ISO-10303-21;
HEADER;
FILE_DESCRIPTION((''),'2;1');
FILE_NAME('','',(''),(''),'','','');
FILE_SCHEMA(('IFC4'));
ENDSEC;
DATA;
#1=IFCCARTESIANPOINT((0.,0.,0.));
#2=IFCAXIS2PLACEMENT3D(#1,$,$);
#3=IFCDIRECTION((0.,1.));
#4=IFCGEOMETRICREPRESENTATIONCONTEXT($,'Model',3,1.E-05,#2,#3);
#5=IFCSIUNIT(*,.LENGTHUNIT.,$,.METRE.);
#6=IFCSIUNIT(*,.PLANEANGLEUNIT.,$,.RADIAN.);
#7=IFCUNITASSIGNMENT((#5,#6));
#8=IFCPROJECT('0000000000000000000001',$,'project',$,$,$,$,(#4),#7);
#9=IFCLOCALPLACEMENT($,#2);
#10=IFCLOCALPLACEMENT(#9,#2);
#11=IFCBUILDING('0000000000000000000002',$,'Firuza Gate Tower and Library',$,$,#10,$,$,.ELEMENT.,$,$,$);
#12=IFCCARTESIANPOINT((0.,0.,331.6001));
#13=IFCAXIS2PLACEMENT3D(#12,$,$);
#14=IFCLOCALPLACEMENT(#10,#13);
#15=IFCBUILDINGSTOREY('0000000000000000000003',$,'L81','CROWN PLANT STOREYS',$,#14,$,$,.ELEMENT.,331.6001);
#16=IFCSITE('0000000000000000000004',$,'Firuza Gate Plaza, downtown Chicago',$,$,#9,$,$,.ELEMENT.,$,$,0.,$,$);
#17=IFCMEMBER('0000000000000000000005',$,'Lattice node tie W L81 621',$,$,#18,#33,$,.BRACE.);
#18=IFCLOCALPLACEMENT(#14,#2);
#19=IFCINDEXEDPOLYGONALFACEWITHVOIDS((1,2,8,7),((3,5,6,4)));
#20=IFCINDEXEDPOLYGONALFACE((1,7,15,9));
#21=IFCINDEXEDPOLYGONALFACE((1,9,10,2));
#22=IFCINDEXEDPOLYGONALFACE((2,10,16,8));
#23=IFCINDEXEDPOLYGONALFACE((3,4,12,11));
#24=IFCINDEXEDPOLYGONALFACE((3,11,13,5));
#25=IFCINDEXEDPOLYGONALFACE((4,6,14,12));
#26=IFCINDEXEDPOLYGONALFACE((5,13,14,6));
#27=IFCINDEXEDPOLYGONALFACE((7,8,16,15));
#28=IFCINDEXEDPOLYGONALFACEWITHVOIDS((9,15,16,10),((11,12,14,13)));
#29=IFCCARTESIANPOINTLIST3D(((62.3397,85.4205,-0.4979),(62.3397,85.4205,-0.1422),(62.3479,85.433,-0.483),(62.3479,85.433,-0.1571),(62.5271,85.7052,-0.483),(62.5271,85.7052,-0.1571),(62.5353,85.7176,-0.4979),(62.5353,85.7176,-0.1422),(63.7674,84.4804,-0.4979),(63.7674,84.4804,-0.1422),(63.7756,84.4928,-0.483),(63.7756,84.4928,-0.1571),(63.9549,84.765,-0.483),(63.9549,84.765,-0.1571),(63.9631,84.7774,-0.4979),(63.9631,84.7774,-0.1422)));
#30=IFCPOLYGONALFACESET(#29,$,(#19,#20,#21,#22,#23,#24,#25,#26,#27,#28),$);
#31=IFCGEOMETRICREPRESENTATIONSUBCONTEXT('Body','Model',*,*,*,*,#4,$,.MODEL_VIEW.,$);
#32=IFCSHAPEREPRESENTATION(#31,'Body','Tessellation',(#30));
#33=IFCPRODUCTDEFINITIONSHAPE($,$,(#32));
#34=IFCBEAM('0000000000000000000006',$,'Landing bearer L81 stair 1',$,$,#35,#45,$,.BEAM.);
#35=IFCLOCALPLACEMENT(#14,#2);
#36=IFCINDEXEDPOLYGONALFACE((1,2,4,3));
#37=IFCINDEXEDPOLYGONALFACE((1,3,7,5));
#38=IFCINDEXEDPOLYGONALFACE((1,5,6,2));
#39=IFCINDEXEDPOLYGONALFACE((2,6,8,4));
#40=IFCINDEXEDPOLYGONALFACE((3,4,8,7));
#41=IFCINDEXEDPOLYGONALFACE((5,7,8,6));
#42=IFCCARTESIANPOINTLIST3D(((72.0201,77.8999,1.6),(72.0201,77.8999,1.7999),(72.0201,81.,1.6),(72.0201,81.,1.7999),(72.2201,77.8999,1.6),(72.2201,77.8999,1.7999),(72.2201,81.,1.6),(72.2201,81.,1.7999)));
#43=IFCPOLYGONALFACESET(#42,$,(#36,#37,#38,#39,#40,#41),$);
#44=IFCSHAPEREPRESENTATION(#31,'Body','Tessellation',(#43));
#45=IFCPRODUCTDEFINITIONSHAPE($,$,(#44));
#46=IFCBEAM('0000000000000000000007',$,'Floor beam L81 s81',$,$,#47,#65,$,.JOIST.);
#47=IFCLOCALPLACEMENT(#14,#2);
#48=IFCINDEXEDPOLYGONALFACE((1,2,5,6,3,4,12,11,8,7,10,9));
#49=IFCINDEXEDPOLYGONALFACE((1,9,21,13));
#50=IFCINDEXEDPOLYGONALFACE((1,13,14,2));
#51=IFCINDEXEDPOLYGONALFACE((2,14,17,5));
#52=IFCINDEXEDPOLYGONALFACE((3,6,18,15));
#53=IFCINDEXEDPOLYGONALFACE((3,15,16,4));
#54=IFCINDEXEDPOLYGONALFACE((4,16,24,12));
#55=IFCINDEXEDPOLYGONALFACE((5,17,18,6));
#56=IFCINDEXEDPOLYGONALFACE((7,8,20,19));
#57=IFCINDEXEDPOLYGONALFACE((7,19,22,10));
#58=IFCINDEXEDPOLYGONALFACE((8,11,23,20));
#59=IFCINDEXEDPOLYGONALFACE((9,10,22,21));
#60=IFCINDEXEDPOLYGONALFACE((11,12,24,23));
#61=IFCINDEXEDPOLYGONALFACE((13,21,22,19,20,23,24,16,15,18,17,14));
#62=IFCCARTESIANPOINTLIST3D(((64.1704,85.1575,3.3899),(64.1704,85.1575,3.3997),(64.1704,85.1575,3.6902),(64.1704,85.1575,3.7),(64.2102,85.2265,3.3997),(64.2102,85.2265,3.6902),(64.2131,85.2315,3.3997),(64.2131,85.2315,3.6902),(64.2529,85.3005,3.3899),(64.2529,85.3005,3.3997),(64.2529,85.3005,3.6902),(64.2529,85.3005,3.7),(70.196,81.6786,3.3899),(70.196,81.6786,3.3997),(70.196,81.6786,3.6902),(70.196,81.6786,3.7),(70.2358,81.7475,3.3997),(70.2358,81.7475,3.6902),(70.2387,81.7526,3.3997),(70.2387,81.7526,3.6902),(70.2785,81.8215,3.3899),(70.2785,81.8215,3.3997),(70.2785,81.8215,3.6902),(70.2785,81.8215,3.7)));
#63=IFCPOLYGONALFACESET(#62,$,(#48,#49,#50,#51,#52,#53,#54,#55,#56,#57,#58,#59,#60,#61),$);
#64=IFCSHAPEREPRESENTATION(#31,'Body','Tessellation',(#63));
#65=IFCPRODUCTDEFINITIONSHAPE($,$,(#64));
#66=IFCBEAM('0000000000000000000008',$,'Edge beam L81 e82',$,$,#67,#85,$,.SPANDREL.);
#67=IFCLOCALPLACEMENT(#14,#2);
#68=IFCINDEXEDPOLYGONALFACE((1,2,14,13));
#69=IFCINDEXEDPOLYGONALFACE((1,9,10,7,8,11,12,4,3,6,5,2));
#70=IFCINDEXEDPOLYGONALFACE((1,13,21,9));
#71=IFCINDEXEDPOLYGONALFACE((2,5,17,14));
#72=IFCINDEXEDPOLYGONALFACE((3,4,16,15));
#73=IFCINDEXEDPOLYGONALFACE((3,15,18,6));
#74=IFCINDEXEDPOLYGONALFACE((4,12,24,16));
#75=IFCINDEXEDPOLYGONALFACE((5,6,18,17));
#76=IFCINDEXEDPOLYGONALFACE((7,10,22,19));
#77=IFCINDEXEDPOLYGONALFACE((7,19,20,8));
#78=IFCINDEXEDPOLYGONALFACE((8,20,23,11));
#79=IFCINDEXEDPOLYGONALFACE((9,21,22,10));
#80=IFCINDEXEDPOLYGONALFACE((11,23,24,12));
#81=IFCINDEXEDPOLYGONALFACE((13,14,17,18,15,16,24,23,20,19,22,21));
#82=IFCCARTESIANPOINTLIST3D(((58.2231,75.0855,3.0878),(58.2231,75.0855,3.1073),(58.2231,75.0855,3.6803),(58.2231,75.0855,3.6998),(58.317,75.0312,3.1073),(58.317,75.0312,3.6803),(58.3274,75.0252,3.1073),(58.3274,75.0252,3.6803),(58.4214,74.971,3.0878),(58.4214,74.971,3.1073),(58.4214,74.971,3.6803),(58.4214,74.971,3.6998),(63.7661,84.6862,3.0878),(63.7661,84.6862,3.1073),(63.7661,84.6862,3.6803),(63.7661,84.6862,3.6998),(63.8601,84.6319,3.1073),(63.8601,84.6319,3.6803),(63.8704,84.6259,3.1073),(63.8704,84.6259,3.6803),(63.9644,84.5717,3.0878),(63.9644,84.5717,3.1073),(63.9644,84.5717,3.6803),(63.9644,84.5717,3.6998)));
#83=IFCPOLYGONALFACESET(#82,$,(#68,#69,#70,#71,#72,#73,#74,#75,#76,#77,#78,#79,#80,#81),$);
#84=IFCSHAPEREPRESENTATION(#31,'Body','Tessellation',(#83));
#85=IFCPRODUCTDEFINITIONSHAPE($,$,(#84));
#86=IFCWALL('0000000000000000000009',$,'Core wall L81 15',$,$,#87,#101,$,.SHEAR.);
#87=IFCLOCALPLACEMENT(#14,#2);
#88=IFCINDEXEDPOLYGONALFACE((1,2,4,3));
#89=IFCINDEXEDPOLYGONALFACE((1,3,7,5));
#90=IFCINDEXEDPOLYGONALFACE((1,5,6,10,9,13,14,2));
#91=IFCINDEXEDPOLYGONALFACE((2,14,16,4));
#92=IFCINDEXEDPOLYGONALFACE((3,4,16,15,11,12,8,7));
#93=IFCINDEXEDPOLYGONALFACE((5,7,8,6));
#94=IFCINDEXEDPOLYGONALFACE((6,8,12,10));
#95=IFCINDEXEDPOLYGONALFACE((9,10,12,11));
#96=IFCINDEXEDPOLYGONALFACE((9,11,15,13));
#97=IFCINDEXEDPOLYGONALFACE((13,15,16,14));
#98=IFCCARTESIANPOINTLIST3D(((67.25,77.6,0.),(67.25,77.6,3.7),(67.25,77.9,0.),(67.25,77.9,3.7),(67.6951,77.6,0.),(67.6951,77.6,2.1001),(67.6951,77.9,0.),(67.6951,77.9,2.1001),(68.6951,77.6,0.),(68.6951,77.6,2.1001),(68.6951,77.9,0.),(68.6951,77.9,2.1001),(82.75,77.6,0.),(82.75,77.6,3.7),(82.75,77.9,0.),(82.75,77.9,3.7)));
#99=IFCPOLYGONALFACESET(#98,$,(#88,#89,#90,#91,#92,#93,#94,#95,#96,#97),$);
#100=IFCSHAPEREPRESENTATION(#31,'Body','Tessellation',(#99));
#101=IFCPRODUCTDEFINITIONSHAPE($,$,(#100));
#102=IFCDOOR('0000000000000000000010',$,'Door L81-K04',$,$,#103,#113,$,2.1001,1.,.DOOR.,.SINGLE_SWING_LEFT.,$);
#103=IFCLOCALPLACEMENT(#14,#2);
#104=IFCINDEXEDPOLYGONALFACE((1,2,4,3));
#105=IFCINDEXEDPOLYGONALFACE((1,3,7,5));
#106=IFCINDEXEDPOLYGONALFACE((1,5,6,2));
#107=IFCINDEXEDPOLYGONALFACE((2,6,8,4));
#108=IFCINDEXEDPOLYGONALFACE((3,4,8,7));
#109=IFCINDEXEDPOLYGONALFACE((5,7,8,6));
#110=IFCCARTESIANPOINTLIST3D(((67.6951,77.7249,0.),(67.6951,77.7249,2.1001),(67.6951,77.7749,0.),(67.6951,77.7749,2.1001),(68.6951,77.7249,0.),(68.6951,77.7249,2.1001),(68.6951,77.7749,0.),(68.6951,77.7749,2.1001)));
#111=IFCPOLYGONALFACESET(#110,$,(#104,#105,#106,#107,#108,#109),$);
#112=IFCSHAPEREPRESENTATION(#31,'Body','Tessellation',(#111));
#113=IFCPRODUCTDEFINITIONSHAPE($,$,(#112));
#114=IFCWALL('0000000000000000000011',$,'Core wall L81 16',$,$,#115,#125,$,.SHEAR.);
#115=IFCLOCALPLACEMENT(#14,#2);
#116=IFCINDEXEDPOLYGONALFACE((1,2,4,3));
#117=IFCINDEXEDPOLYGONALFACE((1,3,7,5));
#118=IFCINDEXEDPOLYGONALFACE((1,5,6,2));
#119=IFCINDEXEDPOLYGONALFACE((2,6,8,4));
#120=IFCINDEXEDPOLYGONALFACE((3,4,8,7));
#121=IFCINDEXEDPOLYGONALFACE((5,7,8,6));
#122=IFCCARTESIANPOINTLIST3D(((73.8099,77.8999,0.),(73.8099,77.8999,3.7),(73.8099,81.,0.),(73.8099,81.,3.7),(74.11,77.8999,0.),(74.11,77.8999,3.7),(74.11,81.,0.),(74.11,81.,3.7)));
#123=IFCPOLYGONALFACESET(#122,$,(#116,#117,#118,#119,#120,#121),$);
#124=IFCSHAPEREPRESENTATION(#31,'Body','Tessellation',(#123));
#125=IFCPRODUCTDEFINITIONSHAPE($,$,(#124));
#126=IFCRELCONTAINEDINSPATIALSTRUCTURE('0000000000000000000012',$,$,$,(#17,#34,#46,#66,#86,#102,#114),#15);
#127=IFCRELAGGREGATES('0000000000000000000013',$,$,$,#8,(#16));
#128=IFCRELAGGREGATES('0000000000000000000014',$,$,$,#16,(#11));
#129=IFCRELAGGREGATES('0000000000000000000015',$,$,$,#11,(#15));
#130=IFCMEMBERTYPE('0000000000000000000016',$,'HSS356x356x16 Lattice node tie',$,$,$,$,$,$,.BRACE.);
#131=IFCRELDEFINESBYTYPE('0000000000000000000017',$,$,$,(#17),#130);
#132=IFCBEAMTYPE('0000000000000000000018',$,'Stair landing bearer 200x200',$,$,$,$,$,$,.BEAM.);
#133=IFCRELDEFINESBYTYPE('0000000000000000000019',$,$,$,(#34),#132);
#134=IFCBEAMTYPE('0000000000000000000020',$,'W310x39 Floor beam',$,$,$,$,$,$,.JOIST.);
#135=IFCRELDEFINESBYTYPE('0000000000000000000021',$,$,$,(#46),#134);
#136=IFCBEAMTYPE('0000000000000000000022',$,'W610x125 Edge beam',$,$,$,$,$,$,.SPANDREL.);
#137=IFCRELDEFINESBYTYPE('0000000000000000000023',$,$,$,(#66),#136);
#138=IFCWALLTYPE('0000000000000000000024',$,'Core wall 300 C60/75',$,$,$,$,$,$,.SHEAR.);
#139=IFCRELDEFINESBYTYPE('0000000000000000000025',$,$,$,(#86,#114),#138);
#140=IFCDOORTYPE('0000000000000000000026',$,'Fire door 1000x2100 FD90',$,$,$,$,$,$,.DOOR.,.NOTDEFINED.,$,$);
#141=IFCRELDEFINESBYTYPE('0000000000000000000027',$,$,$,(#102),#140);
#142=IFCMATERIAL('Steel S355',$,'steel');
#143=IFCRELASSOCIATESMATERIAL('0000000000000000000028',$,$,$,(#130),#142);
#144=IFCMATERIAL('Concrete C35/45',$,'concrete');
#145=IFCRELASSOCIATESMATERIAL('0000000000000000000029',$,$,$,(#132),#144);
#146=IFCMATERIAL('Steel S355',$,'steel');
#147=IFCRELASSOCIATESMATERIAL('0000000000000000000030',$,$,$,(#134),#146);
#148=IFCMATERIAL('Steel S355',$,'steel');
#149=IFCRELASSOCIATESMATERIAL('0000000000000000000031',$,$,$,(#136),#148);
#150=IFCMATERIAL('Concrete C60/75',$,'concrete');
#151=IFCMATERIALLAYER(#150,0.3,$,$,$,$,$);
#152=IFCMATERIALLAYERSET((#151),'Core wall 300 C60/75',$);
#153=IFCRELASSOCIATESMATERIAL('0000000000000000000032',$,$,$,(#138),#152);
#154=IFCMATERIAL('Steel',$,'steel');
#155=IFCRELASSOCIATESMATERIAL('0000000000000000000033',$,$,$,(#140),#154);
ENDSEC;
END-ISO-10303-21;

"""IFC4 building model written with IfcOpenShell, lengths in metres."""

from ifc_helpers import new_model, si_unit, direction, frame, frame_2d, origin, origin_2d, place, context, subcontext, project, spatial, rectangle, hollow_rectangle, i_section, extrude, material, layer, layer_set, material_profile, profile_set, type_object, element, fill, save


model = new_model("IFC4")

# Units and contexts
model_context = context("Model", 3, precision=1e-05, world=origin(), true_north=direction((0.0, 1.0)))
body_context = subcontext(model_context, "Body", "Model", "MODEL_VIEW")
ifc_project = project(units=[si_unit("LENGTHUNIT", "METRE"), si_unit("PLANEANGLEUNIT", "RADIAN")], contexts=[model_context])

# Site, building, storey
site_placement = place(None, origin())
site = spatial("IfcSite", under=ifc_project, at=site_placement, Name="Firuza Gate Plaza, downtown Chicago", CompositionType="ELEMENT", RefElevation=0.0)
building_placement = place(site_placement, origin())
building = spatial("IfcBuilding", under=site, at=building_placement, Name="Firuza Gate Tower and Library", CompositionType="ELEMENT")
storey_placement = place(building_placement, frame((0.0, 0.0, 331.6001)))
storey = spatial("IfcBuildingStorey", under=building, at=storey_placement, Name="L81", Description="CROWN PLANT STOREYS", CompositionType="ELEMENT", Elevation=331.6001)

# Member
ifc_material_1 = material(Name="Steel S355", Category="steel")
ifc_material_profile_1 = material_profile(ifc_material_1, hollow_rectangle(XDim=0.3557, YDim=0.3557, WallThickness=0.0149, at=origin_2d()))
ifc_profile_set_1 = profile_set([ifc_material_profile_1], Name="Steel S355")
member_type = type_object("IfcMemberType", Name="HSS356x356x16 Lattice node tie", PredefinedType="BRACE", material=ifc_profile_set_1)
member_placement = place(storey_placement, frame((63.8652, 84.6289, -0.3201), z_axis=(-0.835179, 0.549978, 0.0), x_axis=(-0.549978, -0.835179, 0.0)))
element("IfcMember", 1, at=member_placement, inside=storey, type_object=member_type, Name="Lattice node tie W L81 621", PredefinedType="BRACE", context=body_context, shape_type="SweptSolid", body=[
    extrude(hollow_rectangle(XDim=0.3557, YDim=0.3557, WallThickness=0.0149, at=origin_2d()), origin(), (0.0, 0.0, 1.0), 1.7095),
])

# Beams
ifc_material_2 = material(Name="Concrete C35/45", Category="concrete")
ifc_material_profile_2 = material_profile(ifc_material_2, rectangle(XDim=0.2, YDim=0.2, at=origin_2d()))
ifc_profile_set_2 = profile_set([ifc_material_profile_2], Name="Concrete C35/45")
beam_type_1 = type_object("IfcBeamType", Name="Stair landing bearer 200x200", PredefinedType="BEAM", material=ifc_profile_set_2)
beam_1_placement = place(storey_placement, frame((72.1201, 77.8999, 1.7), z_axis=(0.0, 1.0, 0.0), x_axis=(-1.0, 0.0, 0.0)))
element("IfcBeam", 2, at=beam_1_placement, inside=storey, type_object=beam_type_1, Name="Landing bearer L81 stair 1", PredefinedType="BEAM", context=body_context, shape_type="SweptSolid", body=[
    extrude(rectangle(XDim=0.2, YDim=0.2, at=origin_2d()), origin(), (0.0, 0.0, 1.0), 3.1001),
])
ifc_material_3 = material(Name="Steel S355", Category="steel")
ifc_material_profile_3 = material_profile(ifc_material_3, i_section(OverallWidth=0.165, OverallDepth=0.3101, WebThickness=0.0059, FlangeThickness=0.0098, at=origin_2d()))
ifc_profile_set_3 = profile_set([ifc_material_profile_3], Name="Steel S355")
beam_type_2 = type_object("IfcBeamType", Name="W310x39 Floor beam", PredefinedType="JOIST", material=ifc_profile_set_3)
beam_2_placement = place(storey_placement, frame((64.2117, 85.229, 3.5449), z_axis=(0.866019, -0.500011, 0.0), x_axis=(0.500011, 0.866019, 0.0)))
element("IfcBeam", 3, at=beam_2_placement, inside=storey, type_object=beam_type_2, Name="Floor beam L81 s81", PredefinedType="JOIST", context=body_context, shape_type="SweptSolid", body=[
    extrude(i_section(OverallWidth=0.165, OverallDepth=0.3101, WebThickness=0.0059, FlangeThickness=0.0098, at=origin_2d()), origin(), (0.0, 0.0, 1.0), 6.9578),
])
ifc_material_4 = material(Name="Steel S355", Category="steel")
ifc_material_profile_4 = material_profile(ifc_material_4, i_section(OverallWidth=0.229, OverallDepth=0.6121, WebThickness=0.012, FlangeThickness=0.0195, at=origin_2d()))
ifc_profile_set_4 = profile_set([ifc_material_profile_4], Name="Steel S355")
beam_type_3 = type_object("IfcBeamType", Name="W610x125 Edge beam", PredefinedType="SPANDREL", material=ifc_profile_set_4)
beam_3_placement = place(storey_placement, frame((63.8652, 84.6289, 3.3938), z_axis=(-0.500005, -0.866023, 0.0), x_axis=(0.866023, -0.500005, 0.0)))
element("IfcBeam", 4, at=beam_3_placement, inside=storey, type_object=beam_type_3, Name="Edge beam L81 e82", PredefinedType="SPANDREL", context=body_context, shape_type="SweptSolid", body=[
    extrude(i_section(OverallWidth=0.229, OverallDepth=0.6121, WebThickness=0.012, FlangeThickness=0.0195, at=origin_2d()), origin(), (0.0, 0.0, 1.0), 11.0859),
])

# Wall, opening, door
ifc_material_5 = material(Name="Concrete C60/75", Category="concrete")
ifc_layer_1 = layer(ifc_material_5, 0.3)
ifc_layer_set_1 = layer_set([ifc_layer_1], Name="Core wall 300 C60/75")
wall_type_1 = type_object("IfcWallType", Name="Core wall 300 C60/75", PredefinedType="SHEAR", material=ifc_layer_set_1)
wall_1_placement = place(storey_placement, frame((67.25, 77.75, 0.0), z_axis=(0.0, 0.0, 1.0), x_axis=(1.0, 0.0, 0.0)))
wall_1 = element("IfcWall", 5, at=wall_1_placement, inside=storey, type_object=wall_type_1, Name="Core wall L81 15", PredefinedType="SHEAR", context=body_context, shape_type="SweptSolid", body=[
    extrude(rectangle(XDim=15.5, YDim=0.3, at=frame_2d((7.75, 0.0))), origin(), (0.0, 0.0, 1.0), 3.7),
])
opening_1_placement = place(wall_1_placement, frame((0.4451, 0.0, 0.0)))
opening_1 = element("IfcOpeningElement", 6, at=opening_1_placement, cuts=wall_1, PredefinedType="OPENING", context=body_context, shape_type="SweptSolid", body=[
    extrude(rectangle(XDim=1.0, YDim=2.1001, at=frame_2d((0.5, 1.05))), frame((0.0, 0.1602, 0.0), z_axis=(0.0, -1.0, 0.0), x_axis=(1.0, 0.0, 0.0)), (0.0, 0.0, 1.0), 0.3201),
])
ifc_material_6 = material(Name="Steel", Category="steel")
door_type_1 = type_object("IfcDoorType", Name="Fire door 1000x2100 FD90", OperationType="NOTDEFINED", PredefinedType="DOOR", material=ifc_material_6)
door_1_placement = place(opening_1_placement, origin())
door_1 = element("IfcDoor", 7, at=door_1_placement, inside=storey, type_object=door_type_1, Name="Door L81-K04", OperationType="SINGLE_SWING_LEFT", OverallHeight=2.1001, OverallWidth=1.0, PredefinedType="DOOR", context=body_context, shape_type="SweptSolid", body=[
    extrude(rectangle(XDim=1.0, YDim=2.1001, at=frame_2d((0.5, 1.05))), frame((0.0, 0.0249, 0.0), z_axis=(0.0, -1.0, 0.0), x_axis=(1.0, 0.0, 0.0)), (0.0, 0.0, 1.0), 0.05),
])
fill(opening_1, door_1)

# Wall
wall_2_placement = place(storey_placement, frame((73.96, 77.8999, 0.0), z_axis=(0.0, 0.0, 1.0), x_axis=(0.0, 1.0, 0.0)))
element("IfcWall", 8, at=wall_2_placement, inside=storey, type_object=wall_type_1, Name="Core wall L81 16", PredefinedType="SHEAR", context=body_context, shape_type="SweptSolid", body=[
    extrude(rectangle(XDim=3.1001, YDim=0.3, at=frame_2d((1.55, 0.0))), origin(), (0.0, 0.0, 1.0), 3.7),
])

save(model, "model.ifc")
